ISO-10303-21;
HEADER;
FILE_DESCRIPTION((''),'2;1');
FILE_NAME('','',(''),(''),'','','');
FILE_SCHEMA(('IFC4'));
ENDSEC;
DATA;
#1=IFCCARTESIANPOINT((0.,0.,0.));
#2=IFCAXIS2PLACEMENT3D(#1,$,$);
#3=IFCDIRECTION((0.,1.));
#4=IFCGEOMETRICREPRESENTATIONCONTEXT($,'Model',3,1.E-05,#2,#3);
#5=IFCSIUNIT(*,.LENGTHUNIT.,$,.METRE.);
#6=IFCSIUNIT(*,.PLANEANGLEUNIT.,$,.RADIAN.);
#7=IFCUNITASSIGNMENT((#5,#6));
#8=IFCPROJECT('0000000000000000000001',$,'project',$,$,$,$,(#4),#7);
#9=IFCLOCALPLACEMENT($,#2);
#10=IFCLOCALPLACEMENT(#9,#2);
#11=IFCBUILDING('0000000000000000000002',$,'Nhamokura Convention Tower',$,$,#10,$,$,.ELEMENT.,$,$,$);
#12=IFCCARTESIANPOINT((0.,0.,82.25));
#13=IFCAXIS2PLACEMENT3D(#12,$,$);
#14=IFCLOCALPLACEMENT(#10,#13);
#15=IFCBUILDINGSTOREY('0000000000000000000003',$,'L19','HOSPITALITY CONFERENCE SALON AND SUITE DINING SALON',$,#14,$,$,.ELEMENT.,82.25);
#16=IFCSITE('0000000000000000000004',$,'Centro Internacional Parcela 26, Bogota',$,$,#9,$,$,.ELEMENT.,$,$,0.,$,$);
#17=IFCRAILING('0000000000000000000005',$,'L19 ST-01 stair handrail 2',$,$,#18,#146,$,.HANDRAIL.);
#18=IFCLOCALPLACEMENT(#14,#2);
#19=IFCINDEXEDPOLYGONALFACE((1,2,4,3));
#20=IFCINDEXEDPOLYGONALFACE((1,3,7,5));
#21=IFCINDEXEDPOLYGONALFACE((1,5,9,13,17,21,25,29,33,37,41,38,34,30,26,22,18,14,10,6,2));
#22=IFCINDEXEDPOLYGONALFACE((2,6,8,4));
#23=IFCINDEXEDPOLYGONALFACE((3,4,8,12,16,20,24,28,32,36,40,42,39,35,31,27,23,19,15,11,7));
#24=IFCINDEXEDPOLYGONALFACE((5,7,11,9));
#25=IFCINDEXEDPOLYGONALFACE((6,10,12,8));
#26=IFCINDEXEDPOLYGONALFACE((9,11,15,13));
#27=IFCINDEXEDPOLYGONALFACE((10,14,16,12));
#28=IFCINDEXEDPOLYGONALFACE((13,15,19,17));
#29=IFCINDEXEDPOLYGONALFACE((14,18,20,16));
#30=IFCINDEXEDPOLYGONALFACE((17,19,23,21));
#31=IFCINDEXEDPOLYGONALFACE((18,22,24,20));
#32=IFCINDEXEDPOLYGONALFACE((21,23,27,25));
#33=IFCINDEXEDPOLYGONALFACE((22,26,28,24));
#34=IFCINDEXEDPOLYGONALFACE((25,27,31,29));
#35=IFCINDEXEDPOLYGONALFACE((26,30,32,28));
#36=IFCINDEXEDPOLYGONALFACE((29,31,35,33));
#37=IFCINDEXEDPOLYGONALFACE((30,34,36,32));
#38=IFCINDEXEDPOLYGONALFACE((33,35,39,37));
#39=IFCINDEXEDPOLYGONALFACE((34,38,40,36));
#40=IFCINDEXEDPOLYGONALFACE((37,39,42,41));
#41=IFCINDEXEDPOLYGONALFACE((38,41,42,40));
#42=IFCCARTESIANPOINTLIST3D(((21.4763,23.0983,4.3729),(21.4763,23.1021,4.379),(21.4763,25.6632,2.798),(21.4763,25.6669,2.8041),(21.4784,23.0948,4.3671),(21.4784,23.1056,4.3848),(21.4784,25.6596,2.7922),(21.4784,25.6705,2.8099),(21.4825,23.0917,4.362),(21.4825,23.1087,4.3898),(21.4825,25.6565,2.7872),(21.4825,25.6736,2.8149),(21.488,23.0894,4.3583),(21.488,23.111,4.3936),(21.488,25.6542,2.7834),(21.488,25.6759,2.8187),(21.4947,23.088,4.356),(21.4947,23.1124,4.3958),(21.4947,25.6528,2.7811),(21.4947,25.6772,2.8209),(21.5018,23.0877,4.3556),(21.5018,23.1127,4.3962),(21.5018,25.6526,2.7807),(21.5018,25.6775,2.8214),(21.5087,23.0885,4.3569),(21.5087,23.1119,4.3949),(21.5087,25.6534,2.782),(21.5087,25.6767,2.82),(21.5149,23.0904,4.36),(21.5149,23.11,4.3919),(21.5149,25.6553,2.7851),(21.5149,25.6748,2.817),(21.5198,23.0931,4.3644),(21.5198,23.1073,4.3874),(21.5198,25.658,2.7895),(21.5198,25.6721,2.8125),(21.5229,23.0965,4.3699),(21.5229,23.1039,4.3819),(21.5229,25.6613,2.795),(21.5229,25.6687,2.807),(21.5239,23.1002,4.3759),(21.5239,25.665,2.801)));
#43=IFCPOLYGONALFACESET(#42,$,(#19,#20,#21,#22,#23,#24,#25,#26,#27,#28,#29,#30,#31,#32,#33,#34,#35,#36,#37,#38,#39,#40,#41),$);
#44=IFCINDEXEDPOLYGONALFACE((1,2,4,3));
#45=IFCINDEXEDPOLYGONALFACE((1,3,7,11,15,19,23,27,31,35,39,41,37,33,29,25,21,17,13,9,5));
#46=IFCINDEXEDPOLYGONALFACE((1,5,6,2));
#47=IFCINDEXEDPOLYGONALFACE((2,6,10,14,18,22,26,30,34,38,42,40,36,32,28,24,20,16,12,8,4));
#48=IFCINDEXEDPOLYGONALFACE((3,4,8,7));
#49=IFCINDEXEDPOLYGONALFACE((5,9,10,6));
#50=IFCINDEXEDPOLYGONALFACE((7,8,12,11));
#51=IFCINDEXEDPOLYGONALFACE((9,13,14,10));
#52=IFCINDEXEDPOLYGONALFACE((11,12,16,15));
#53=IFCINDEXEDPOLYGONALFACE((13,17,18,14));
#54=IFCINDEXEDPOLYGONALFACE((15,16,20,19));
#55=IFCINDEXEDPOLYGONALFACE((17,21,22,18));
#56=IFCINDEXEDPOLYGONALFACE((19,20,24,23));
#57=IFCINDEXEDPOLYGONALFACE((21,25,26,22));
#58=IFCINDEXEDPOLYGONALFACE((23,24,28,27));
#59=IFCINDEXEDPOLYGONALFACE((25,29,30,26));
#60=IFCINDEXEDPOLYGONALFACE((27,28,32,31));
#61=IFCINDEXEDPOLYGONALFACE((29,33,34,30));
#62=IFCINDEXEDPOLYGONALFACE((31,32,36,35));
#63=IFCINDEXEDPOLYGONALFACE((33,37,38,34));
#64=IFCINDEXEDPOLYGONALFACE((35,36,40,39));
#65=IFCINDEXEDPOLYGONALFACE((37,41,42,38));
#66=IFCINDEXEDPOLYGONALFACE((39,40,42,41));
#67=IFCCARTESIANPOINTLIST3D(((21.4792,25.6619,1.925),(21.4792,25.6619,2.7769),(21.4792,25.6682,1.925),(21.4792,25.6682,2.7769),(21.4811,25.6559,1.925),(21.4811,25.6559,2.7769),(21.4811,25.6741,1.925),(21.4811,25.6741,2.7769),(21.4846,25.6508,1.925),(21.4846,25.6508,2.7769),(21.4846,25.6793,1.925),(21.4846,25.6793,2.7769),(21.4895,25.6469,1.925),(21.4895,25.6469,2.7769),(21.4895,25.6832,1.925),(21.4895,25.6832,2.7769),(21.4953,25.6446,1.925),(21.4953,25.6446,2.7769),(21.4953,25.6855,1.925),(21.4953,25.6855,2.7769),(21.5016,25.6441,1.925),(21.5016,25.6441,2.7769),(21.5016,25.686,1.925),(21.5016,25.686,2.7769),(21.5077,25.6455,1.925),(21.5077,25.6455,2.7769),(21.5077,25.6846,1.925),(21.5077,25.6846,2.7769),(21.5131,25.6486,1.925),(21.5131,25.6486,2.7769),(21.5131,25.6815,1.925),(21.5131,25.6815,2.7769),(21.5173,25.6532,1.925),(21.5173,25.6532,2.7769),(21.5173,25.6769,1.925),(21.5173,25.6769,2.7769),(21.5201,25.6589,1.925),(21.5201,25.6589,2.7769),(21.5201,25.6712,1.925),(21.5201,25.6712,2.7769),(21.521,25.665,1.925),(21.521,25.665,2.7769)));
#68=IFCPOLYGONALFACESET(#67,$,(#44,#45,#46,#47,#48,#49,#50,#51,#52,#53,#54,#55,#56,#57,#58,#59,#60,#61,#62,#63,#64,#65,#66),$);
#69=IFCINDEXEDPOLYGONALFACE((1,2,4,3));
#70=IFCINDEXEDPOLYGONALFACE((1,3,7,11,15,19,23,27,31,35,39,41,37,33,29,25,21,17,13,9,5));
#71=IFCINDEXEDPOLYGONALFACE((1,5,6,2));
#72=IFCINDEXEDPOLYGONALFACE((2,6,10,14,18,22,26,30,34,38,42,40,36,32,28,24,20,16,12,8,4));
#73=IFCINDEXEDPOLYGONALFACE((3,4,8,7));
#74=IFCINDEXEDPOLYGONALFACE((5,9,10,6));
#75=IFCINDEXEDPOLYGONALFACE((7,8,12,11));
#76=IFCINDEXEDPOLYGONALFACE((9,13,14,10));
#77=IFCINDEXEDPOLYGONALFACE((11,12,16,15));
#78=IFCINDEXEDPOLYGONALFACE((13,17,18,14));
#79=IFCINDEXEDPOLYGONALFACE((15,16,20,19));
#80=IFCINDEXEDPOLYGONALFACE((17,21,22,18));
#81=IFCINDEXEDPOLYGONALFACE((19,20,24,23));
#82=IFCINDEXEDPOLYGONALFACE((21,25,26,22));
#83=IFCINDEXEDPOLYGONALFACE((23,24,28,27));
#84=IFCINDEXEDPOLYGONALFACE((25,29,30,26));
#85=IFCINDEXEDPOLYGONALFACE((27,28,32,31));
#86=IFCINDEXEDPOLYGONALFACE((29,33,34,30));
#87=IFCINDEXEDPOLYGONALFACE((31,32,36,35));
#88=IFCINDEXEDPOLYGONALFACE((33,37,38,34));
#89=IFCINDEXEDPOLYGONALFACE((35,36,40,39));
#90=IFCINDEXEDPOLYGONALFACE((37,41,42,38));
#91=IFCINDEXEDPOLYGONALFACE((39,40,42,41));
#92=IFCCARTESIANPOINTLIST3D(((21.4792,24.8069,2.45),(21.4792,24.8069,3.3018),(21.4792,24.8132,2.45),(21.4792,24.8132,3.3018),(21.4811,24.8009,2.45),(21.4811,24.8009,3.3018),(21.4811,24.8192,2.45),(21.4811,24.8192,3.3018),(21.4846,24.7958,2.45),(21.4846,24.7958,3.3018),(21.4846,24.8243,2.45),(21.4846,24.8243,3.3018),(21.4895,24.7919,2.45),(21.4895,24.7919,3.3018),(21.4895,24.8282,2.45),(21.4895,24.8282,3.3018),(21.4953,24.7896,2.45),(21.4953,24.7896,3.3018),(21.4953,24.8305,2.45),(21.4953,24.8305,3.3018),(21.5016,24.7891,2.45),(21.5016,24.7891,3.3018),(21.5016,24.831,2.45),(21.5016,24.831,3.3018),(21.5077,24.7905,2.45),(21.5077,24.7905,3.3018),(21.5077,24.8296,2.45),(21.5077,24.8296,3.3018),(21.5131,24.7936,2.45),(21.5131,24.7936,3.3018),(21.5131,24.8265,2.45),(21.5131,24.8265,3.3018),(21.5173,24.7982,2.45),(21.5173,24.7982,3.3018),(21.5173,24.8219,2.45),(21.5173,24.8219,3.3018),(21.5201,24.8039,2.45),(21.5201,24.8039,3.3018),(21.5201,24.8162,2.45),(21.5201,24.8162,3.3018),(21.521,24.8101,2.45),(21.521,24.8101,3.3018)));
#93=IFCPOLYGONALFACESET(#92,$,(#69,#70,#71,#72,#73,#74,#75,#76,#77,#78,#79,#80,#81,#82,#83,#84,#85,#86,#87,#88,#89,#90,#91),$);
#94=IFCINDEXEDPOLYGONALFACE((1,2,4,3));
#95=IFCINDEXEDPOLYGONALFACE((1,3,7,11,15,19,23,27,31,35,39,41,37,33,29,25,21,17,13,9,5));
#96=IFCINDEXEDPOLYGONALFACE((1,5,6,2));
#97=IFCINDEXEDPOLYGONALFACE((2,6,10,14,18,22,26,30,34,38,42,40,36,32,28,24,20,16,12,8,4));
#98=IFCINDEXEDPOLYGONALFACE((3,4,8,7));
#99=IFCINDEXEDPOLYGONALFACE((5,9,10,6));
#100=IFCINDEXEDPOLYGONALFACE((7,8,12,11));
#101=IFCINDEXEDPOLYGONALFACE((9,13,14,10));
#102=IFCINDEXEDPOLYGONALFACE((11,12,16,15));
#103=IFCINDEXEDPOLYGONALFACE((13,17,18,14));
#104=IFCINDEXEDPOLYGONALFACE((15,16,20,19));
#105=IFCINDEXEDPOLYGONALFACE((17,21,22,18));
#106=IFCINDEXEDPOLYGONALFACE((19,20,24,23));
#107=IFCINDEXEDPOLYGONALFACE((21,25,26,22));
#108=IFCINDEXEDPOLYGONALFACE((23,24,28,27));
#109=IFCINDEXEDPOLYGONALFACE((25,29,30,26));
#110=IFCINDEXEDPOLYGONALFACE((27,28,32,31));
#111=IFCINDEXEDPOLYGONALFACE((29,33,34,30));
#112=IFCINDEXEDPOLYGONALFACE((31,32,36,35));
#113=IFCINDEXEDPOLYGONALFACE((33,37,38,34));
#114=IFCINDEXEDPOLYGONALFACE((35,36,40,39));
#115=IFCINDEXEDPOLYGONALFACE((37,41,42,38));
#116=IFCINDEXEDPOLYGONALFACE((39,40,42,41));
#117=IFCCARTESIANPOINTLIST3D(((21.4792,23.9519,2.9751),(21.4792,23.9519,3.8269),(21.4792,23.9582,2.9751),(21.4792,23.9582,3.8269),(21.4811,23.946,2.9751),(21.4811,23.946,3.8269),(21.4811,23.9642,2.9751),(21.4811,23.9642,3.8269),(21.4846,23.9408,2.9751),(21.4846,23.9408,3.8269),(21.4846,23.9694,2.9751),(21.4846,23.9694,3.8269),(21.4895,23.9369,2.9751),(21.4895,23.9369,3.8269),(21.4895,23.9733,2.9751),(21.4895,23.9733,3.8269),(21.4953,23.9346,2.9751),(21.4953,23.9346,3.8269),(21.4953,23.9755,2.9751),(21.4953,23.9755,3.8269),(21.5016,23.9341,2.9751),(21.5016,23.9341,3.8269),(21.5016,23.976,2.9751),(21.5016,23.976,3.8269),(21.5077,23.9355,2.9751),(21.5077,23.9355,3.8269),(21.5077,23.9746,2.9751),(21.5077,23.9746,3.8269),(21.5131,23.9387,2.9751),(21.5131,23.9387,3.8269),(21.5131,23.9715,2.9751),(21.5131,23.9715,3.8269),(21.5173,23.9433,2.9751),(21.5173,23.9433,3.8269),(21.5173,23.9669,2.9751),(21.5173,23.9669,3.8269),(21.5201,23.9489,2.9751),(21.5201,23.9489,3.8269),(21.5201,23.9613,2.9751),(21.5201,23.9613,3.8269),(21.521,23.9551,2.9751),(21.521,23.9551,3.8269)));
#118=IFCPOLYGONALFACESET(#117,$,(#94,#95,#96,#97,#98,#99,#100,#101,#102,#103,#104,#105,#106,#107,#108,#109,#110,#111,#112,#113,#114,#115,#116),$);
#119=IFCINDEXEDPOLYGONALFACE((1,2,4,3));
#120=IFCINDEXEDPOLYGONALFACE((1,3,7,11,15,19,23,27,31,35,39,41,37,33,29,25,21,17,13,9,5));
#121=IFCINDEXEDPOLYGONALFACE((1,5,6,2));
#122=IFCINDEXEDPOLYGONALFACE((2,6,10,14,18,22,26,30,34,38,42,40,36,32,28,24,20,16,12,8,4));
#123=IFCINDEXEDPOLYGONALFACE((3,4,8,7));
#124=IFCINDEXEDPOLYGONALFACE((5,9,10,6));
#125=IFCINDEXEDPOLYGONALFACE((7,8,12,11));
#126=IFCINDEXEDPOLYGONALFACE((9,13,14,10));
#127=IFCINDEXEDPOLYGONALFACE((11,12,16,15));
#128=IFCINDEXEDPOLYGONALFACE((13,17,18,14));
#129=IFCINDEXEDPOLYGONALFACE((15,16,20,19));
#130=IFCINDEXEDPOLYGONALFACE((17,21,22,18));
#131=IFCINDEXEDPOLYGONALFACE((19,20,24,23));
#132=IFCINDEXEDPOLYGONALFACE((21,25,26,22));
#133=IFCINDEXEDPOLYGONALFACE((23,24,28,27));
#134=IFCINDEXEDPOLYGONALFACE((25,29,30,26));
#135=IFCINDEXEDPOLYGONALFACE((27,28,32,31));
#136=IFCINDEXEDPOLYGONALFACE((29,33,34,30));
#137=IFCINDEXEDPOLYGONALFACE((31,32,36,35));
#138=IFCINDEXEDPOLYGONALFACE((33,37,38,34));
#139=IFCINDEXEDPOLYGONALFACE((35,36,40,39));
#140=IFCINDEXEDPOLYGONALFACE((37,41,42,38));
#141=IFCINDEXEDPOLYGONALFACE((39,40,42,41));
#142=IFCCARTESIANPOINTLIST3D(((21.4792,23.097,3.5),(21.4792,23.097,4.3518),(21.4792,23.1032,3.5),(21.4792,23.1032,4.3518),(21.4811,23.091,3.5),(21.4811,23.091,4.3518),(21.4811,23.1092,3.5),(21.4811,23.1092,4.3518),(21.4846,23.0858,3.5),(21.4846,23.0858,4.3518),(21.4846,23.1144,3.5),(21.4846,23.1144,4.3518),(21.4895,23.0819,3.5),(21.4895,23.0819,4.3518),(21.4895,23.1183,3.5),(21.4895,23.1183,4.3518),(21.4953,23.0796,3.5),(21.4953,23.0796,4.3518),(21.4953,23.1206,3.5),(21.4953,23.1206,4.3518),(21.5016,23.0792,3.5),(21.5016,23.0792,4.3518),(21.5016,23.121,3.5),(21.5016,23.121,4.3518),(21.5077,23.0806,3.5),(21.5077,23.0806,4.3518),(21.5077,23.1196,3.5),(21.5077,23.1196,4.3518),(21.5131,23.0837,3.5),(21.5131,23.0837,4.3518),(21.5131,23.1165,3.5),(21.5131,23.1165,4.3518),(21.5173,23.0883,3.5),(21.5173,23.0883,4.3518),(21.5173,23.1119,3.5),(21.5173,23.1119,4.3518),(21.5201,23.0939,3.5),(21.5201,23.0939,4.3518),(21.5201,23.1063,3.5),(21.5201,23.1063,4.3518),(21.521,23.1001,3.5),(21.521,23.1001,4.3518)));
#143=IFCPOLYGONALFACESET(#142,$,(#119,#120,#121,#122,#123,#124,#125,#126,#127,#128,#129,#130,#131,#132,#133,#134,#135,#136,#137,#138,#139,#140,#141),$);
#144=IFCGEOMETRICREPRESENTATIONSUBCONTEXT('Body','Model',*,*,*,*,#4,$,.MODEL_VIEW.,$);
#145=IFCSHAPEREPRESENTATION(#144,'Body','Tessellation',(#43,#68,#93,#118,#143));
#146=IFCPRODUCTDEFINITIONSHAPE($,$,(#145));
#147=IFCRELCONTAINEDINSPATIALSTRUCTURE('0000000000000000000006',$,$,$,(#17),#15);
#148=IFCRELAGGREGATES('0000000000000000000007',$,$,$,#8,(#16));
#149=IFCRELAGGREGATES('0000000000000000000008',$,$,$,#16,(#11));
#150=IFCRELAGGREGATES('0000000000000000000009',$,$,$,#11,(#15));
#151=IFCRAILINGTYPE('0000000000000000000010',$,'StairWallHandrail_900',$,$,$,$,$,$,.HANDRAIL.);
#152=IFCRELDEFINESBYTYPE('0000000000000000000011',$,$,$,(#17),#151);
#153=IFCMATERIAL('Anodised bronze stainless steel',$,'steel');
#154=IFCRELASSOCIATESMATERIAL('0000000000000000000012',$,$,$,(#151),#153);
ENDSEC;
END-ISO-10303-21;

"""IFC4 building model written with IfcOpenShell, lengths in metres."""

from ifc_helpers import new_model, si_unit, direction, frame, origin, origin_2d, place, context, subcontext, project, spatial, circle, extrude, material, type_object, element, save


model = new_model("IFC4")

# Units and contexts
model_context = context("Model", 3, precision=1e-05, world=origin(), true_north=direction((0.0, 1.0)))
body_context = subcontext(model_context, "Body", "Model", "MODEL_VIEW")
ifc_project = project(units=[si_unit("LENGTHUNIT", "METRE"), si_unit("PLANEANGLEUNIT", "RADIAN")], contexts=[model_context])

# Site, building, storey
site_placement = place(None, origin())
site = spatial("IfcSite", under=ifc_project, at=site_placement, Name="Centro Internacional Parcela 26, Bogota", CompositionType="ELEMENT", RefElevation=0.0)
building_placement = place(site_placement, origin())
building = spatial("IfcBuilding", under=site, at=building_placement, Name="Nhamokura Convention Tower", CompositionType="ELEMENT")
storey_placement = place(building_placement, frame((0.0, 0.0, 82.25)))
storey = spatial("IfcBuildingStorey", under=building, at=storey_placement, Name="L19", Description="HOSPITALITY CONFERENCE SALON AND SUITE DINING SALON", CompositionType="ELEMENT", Elevation=82.25)

# Railing
ifc_material_1 = material(Name="Anodised bronze stainless steel", Category="steel")
railing_type_1 = type_object("IfcRailingType", Name="StairWallHandrail_900", PredefinedType="HANDRAIL", material=ifc_material_1)
railing_1_placement = place(storey_placement, frame((21.5, 25.665, 1.925)))
element("IfcRailing", 1, at=railing_1_placement, inside=storey, type_object=railing_type_1, Name="L19 ST-01 stair handrail 2", PredefinedType="HANDRAIL", context=body_context, shape_type="SweptSolid", body=[
    extrude(circle(Radius=0.0239, at=origin_2d()), frame((0.0, 0.0, 0.876), z_axis=(0.0, -0.852173, 0.52326), x_axis=(1.0, 0.0, 0.0)), (0.0, 0.0, 1.0), 3.0098),
    extrude(circle(Radius=0.021, at=origin_2d()), origin(), (0.0, 0.0, 1.0), 0.8518),
    extrude(circle(Radius=0.021, at=origin_2d()), frame((0.0, -0.855, 0.5249)), (0.0, 0.0, 1.0), 0.8518),
    extrude(circle(Radius=0.021, at=origin_2d()), frame((0.0, -1.71, 1.05)), (0.0, 0.0, 1.0), 0.8518),
    extrude(circle(Radius=0.021, at=origin_2d()), frame((0.0, -2.5649, 1.575)), (0.0, 0.0, 1.0), 0.8518),
])

save(model, "model.ifc")
